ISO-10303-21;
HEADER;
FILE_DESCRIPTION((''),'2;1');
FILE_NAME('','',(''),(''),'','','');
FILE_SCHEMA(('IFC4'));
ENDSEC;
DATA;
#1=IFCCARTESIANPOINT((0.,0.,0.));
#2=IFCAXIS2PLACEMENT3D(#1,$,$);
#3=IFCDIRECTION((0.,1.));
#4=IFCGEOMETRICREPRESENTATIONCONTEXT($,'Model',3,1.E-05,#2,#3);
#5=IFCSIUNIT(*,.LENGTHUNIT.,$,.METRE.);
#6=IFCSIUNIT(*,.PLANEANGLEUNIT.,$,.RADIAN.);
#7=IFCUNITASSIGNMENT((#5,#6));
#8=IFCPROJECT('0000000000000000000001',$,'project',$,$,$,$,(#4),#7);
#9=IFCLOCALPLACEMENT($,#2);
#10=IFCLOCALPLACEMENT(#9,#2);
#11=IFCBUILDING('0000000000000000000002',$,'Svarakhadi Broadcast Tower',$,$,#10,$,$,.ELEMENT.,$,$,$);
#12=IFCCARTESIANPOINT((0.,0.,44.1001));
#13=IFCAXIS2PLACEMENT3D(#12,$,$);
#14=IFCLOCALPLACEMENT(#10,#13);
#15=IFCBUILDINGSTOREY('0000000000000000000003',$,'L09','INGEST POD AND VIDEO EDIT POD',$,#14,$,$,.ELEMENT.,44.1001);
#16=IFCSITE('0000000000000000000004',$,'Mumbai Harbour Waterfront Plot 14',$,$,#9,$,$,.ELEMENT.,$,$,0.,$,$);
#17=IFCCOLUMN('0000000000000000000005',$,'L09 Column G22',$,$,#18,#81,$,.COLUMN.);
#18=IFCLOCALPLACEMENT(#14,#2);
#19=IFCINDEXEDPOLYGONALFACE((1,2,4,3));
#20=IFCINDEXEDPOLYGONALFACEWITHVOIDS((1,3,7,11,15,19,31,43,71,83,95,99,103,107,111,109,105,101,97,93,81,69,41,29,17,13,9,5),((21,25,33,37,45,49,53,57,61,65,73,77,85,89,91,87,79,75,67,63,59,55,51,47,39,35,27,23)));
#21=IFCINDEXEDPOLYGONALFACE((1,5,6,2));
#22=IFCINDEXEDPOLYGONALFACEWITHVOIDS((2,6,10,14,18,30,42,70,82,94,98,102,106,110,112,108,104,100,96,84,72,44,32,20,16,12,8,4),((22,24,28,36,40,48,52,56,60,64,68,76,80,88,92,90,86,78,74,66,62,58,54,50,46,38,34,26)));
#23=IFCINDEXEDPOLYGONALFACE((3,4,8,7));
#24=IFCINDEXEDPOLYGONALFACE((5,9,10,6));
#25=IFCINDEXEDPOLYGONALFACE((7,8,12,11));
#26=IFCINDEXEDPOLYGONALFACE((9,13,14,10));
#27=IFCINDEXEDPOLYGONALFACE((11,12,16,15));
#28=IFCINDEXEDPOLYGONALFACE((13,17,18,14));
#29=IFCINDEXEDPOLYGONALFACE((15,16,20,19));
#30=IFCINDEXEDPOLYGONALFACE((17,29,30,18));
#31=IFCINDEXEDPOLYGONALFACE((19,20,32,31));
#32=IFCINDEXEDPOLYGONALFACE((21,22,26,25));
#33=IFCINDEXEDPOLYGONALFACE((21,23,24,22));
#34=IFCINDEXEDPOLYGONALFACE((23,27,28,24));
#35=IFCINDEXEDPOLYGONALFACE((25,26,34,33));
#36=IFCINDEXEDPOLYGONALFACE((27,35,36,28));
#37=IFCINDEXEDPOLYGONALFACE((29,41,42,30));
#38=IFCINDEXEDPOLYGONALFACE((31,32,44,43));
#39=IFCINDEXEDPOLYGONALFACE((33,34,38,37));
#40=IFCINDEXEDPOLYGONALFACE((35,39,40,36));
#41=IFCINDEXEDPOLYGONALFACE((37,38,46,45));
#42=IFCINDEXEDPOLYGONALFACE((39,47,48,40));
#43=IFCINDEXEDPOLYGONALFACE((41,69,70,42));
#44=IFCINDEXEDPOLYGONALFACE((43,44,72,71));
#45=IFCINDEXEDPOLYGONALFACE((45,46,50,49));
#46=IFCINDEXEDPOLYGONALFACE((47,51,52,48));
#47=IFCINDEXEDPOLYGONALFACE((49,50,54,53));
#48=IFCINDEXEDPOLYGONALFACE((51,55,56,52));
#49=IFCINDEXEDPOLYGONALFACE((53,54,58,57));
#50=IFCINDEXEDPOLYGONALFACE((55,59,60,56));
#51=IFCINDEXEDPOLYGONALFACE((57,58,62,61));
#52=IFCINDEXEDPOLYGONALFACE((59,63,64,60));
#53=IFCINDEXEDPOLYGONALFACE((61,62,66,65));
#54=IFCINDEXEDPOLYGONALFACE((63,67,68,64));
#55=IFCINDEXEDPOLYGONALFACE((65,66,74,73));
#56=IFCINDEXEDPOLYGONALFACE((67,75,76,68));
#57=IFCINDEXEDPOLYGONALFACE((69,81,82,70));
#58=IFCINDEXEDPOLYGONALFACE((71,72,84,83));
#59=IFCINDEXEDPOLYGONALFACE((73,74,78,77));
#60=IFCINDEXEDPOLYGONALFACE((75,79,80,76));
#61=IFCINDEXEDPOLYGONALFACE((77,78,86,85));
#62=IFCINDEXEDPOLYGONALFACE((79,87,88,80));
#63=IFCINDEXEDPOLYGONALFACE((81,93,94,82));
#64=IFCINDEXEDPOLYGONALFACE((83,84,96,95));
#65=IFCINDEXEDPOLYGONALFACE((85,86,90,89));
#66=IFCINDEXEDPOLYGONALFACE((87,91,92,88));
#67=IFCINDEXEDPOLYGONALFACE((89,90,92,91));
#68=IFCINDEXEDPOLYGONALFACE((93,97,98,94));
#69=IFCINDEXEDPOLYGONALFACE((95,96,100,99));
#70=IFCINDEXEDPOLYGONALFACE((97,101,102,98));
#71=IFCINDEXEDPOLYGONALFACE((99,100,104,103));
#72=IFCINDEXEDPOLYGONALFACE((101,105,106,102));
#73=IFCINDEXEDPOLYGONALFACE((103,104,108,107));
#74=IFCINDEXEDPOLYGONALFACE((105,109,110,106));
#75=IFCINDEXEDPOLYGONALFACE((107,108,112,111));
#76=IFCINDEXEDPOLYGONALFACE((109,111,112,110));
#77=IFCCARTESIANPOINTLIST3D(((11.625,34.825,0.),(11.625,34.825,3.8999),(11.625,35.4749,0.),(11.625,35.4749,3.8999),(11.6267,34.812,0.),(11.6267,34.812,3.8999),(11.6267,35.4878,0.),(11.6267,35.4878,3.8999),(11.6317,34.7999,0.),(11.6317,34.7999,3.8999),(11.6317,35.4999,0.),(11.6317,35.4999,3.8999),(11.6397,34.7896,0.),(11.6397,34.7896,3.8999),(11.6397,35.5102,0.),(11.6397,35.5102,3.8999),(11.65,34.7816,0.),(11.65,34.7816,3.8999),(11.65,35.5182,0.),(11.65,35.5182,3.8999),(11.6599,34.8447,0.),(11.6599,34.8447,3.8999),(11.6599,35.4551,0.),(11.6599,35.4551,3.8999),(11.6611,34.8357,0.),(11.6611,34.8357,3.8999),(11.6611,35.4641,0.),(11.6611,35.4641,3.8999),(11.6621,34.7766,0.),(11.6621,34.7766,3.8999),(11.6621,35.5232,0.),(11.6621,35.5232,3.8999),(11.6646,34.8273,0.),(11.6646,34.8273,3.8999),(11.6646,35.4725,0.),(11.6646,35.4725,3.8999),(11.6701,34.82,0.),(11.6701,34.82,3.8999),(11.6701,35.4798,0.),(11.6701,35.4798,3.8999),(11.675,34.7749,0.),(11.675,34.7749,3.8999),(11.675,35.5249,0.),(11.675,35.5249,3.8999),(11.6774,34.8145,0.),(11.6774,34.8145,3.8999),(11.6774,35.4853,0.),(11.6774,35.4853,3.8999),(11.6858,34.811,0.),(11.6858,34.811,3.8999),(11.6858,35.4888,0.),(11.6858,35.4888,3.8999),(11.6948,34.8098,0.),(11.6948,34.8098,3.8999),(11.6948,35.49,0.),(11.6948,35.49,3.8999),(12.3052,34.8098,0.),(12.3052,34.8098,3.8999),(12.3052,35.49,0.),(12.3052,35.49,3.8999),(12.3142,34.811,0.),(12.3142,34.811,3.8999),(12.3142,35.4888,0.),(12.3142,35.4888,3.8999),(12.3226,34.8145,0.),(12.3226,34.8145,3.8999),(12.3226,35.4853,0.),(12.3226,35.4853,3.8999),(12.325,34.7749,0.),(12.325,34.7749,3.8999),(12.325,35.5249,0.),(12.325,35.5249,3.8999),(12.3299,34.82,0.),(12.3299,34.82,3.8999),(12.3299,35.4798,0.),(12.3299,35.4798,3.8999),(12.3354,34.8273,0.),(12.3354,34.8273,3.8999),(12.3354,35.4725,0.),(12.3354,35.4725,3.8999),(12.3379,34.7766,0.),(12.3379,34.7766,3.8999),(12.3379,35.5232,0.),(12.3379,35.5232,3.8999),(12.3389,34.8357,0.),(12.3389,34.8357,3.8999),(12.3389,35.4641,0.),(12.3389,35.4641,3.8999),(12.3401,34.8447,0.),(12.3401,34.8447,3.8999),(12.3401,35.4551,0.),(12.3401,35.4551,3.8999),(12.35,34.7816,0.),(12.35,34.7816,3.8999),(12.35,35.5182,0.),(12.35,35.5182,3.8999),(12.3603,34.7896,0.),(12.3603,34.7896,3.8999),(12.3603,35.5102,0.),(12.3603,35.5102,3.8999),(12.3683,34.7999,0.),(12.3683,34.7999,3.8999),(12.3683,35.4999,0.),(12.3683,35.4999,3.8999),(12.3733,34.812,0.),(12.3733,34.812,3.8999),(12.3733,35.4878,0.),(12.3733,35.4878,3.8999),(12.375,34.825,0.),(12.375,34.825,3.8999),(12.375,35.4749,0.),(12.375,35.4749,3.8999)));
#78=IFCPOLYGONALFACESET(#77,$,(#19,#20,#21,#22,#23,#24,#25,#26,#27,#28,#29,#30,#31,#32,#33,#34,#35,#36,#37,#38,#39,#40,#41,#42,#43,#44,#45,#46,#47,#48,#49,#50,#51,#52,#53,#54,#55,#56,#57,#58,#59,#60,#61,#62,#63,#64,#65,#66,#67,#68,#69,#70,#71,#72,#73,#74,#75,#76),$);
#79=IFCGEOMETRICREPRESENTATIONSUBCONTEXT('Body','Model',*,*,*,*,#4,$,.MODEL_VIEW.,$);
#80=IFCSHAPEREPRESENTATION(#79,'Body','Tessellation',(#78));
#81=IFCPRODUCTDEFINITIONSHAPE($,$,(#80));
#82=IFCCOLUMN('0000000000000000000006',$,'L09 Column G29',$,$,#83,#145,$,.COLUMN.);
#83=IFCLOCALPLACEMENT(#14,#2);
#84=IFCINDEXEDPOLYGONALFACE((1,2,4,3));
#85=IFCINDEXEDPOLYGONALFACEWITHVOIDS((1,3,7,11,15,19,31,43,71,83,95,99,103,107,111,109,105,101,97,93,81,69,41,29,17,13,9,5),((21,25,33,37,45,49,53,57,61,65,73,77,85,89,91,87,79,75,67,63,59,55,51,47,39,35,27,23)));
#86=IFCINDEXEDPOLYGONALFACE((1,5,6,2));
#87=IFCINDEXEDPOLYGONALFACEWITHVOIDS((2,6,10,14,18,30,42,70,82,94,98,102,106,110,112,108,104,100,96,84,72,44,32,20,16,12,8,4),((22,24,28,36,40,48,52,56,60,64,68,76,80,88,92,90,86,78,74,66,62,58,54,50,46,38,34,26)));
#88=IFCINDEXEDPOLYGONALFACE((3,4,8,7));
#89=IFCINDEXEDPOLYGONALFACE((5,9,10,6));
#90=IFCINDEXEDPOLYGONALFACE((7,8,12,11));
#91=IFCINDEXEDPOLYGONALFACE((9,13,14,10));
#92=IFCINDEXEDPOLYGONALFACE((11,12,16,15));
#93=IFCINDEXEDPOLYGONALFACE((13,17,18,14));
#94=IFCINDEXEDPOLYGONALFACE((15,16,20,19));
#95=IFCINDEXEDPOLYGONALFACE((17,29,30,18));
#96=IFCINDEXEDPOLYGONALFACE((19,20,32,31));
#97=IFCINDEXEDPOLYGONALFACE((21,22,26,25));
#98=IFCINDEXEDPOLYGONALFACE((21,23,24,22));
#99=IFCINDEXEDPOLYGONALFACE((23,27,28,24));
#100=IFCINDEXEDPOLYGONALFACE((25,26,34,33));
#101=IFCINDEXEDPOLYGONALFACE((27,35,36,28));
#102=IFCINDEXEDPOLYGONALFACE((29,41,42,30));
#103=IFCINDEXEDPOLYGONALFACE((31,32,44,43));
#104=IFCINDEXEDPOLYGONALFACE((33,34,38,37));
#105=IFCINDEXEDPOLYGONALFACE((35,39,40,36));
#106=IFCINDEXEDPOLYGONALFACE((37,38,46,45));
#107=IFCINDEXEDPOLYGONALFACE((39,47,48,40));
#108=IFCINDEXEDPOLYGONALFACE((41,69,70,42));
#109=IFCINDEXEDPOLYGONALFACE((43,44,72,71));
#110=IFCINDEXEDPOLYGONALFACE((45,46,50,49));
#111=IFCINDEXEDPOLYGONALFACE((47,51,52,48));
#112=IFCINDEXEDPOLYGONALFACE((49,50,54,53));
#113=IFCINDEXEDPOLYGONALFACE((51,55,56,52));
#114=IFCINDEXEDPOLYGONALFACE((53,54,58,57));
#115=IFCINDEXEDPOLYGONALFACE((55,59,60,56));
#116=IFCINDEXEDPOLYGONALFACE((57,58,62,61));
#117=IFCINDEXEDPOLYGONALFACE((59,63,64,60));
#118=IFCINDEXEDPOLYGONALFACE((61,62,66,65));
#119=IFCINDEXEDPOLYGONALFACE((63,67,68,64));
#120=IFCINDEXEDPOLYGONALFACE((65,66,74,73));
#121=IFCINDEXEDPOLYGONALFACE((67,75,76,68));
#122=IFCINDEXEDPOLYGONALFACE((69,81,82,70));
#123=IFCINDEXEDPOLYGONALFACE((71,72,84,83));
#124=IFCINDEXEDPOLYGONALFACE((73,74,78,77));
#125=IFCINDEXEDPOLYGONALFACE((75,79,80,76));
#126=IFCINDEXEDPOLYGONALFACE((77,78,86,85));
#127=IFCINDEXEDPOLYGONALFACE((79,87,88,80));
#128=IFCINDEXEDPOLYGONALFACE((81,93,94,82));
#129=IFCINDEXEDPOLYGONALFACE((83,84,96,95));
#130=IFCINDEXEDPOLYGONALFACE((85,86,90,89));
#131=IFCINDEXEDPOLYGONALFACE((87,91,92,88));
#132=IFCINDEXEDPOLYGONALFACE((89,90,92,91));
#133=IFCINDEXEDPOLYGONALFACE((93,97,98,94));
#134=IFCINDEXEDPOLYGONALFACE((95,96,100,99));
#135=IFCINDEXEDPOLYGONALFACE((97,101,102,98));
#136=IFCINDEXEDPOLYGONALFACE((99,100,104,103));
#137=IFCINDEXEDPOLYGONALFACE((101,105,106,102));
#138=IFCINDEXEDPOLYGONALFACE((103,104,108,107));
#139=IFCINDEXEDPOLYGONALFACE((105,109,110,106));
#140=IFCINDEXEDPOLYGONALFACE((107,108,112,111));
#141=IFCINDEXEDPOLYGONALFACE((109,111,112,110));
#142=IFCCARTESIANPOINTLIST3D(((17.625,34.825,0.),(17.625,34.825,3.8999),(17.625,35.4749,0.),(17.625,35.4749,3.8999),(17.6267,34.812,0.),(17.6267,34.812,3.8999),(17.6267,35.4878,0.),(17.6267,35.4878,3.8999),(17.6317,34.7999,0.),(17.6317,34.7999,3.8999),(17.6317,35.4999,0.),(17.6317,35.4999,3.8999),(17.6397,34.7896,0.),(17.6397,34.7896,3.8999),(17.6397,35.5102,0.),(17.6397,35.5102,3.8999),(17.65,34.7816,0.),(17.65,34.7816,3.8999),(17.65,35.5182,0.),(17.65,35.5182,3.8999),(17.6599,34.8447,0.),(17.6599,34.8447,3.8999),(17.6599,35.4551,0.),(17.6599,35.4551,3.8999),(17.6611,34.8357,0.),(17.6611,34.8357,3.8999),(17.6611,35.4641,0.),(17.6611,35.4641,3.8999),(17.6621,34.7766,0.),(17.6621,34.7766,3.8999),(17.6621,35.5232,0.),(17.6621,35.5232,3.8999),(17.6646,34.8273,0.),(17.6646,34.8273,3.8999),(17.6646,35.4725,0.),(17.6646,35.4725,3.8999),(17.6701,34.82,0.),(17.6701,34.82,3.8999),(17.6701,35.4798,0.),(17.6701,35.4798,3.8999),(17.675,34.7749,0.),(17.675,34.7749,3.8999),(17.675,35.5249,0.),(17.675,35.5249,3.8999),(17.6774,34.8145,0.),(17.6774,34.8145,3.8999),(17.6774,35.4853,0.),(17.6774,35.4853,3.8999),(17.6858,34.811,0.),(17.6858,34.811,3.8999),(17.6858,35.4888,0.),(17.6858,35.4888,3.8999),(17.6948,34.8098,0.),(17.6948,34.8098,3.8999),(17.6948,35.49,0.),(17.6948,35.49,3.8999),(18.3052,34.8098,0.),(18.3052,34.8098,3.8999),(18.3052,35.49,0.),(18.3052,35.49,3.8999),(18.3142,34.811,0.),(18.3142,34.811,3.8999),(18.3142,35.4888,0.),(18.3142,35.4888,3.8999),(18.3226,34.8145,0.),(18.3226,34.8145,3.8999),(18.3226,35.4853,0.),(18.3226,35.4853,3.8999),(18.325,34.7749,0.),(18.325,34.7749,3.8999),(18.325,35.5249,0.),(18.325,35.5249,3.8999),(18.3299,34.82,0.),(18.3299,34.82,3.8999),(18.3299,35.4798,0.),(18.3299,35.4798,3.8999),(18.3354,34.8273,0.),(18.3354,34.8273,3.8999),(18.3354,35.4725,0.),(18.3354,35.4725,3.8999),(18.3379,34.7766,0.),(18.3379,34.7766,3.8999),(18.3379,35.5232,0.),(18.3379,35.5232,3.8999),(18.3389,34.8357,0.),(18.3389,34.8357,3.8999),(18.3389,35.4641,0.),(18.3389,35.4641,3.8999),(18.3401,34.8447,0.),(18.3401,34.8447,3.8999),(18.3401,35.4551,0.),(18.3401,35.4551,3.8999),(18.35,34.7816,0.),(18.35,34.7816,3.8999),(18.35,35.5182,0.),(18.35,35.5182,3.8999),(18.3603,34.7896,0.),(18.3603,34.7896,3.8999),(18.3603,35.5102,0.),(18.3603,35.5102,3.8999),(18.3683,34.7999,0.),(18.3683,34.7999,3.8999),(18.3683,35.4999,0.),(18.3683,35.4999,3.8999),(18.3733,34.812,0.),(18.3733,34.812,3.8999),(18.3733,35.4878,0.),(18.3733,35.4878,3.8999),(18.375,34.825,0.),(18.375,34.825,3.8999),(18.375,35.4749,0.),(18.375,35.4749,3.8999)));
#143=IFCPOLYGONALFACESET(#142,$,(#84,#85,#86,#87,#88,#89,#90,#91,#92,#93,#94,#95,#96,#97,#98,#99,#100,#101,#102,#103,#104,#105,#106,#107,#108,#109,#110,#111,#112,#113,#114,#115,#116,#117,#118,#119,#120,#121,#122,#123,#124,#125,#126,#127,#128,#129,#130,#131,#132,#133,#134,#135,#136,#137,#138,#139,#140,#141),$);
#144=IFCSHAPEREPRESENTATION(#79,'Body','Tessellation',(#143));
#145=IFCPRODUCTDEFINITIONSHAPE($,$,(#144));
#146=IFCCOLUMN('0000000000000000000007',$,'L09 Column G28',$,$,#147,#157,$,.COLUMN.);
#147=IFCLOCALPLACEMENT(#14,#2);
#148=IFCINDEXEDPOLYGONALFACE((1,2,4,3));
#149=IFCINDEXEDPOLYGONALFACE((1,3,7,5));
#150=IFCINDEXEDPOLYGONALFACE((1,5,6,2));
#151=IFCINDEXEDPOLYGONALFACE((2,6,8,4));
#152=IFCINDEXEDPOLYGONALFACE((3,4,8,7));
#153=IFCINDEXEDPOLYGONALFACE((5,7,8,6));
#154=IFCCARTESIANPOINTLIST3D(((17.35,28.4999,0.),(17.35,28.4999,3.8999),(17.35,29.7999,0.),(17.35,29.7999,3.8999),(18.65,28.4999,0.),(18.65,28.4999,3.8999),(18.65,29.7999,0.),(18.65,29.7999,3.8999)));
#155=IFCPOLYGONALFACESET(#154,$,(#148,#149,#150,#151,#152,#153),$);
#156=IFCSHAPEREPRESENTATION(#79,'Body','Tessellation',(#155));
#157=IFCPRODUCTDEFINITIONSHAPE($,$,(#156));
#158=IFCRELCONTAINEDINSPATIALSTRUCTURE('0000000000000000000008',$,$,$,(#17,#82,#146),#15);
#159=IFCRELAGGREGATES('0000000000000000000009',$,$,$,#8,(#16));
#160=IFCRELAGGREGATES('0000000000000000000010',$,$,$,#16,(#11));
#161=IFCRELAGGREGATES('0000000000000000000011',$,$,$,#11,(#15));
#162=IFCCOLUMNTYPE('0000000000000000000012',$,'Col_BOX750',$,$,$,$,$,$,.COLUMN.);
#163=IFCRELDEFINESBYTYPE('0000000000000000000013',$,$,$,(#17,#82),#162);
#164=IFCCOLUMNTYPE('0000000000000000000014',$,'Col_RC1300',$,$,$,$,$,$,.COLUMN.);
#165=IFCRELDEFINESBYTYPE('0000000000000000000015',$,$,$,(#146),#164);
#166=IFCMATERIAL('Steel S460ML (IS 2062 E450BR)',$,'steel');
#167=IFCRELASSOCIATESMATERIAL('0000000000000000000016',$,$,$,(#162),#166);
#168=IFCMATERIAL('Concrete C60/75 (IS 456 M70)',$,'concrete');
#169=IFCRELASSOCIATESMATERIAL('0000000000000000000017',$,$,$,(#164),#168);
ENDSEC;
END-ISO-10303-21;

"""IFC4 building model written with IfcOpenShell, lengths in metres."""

from ifc_helpers import new_model, si_unit, direction, frame, origin, origin_2d, place, context, subcontext, project, spatial, rectangle, hollow_rectangle, extrude, material, material_profile, profile_set, type_object, element, save


model = new_model("IFC4")

# Units and contexts
model_context = context("Model", 3, precision=1e-05, world=origin(), true_north=direction((0.0, 1.0)))
body_context = subcontext(model_context, "Body", "Model", "MODEL_VIEW")
ifc_project = project(units=[si_unit("LENGTHUNIT", "METRE"), si_unit("PLANEANGLEUNIT", "RADIAN")], contexts=[model_context])

# Site, building, storey
site_placement = place(None, origin())
site = spatial("IfcSite", under=ifc_project, at=site_placement, Name="Mumbai Harbour Waterfront Plot 14", CompositionType="ELEMENT", RefElevation=0.0)
building_placement = place(site_placement, origin())
building = spatial("IfcBuilding", under=site, at=building_placement, Name="Svarakhadi Broadcast Tower", CompositionType="ELEMENT")
storey_placement = place(building_placement, frame((0.0, 0.0, 44.1001)))
storey = spatial("IfcBuildingStorey", under=building, at=storey_placement, Name="L09", Description="INGEST POD AND VIDEO EDIT POD", CompositionType="ELEMENT", Elevation=44.1001)

# Columns
ifc_material_1 = material(Name="Steel S460ML (IS 2062 E450BR)", Category="steel")
ifc_material_profile_1 = material_profile(ifc_material_1, hollow_rectangle(XDim=0.75, YDim=0.75, WallThickness=0.0349, InnerFilletRadius=0.0349, OuterFilletRadius=0.05, at=origin_2d()), Name="BOX 750x750x35")
ifc_profile_set_1 = profile_set([ifc_material_profile_1], Name="Steel S460ML (IS 2062 E450BR)")
column_type_1 = type_object("IfcColumnType", Name="Col_BOX750", PredefinedType="COLUMN", material=ifc_profile_set_1)
for number, where, z_axis, x_axis, name in (
    (1, (12.0, 35.1499, 0.0), (0.0, 0.0, 1.0), (1.0, 0.0, 0.0), "L09 Column G22"),
    (2, (18.0, 35.1499, 0.0), (0.0, 0.0, 1.0), (1.0, 0.0, 0.0), "L09 Column G29"),
):
    element("IfcColumn", number, at=place(storey_placement, frame(where, z_axis=z_axis, x_axis=x_axis)), inside=storey, type_object=column_type_1, Name=name, PredefinedType="COLUMN", context=body_context, shape_type="SweptSolid", body=[
        extrude(hollow_rectangle(XDim=0.75, YDim=0.75, WallThickness=0.0349, InnerFilletRadius=0.0349, OuterFilletRadius=0.05, at=origin_2d()), origin(), (0.0, 0.0, 1.0), 3.8999),
    ])
ifc_material_2 = material(Name="Concrete C60/75 (IS 456 M70)", Category="concrete")
ifc_material_profile_2 = material_profile(ifc_material_2, rectangle(XDim=1.3, YDim=1.3, at=origin_2d()), Name="RC 1300x1300")
ifc_profile_set_2 = profile_set([ifc_material_profile_2], Name="Concrete C60/75 (IS 456 M70)")
column_type_2 = type_object("IfcColumnType", Name="Col_RC1300", PredefinedType="COLUMN", material=ifc_profile_set_2)
column_1_placement = place(storey_placement, frame((18.0, 29.1499, 0.0), z_axis=(0.0, 0.0, 1.0), x_axis=(1.0, 0.0, 0.0)))
element("IfcColumn", 3, at=column_1_placement, inside=storey, type_object=column_type_2, Name="L09 Column G28", PredefinedType="COLUMN", context=body_context, shape_type="SweptSolid", body=[
    extrude(rectangle(XDim=1.3, YDim=1.3, at=origin_2d()), origin(), (0.0, 0.0, 1.0), 3.8999),
])

save(model, "model.ifc")
